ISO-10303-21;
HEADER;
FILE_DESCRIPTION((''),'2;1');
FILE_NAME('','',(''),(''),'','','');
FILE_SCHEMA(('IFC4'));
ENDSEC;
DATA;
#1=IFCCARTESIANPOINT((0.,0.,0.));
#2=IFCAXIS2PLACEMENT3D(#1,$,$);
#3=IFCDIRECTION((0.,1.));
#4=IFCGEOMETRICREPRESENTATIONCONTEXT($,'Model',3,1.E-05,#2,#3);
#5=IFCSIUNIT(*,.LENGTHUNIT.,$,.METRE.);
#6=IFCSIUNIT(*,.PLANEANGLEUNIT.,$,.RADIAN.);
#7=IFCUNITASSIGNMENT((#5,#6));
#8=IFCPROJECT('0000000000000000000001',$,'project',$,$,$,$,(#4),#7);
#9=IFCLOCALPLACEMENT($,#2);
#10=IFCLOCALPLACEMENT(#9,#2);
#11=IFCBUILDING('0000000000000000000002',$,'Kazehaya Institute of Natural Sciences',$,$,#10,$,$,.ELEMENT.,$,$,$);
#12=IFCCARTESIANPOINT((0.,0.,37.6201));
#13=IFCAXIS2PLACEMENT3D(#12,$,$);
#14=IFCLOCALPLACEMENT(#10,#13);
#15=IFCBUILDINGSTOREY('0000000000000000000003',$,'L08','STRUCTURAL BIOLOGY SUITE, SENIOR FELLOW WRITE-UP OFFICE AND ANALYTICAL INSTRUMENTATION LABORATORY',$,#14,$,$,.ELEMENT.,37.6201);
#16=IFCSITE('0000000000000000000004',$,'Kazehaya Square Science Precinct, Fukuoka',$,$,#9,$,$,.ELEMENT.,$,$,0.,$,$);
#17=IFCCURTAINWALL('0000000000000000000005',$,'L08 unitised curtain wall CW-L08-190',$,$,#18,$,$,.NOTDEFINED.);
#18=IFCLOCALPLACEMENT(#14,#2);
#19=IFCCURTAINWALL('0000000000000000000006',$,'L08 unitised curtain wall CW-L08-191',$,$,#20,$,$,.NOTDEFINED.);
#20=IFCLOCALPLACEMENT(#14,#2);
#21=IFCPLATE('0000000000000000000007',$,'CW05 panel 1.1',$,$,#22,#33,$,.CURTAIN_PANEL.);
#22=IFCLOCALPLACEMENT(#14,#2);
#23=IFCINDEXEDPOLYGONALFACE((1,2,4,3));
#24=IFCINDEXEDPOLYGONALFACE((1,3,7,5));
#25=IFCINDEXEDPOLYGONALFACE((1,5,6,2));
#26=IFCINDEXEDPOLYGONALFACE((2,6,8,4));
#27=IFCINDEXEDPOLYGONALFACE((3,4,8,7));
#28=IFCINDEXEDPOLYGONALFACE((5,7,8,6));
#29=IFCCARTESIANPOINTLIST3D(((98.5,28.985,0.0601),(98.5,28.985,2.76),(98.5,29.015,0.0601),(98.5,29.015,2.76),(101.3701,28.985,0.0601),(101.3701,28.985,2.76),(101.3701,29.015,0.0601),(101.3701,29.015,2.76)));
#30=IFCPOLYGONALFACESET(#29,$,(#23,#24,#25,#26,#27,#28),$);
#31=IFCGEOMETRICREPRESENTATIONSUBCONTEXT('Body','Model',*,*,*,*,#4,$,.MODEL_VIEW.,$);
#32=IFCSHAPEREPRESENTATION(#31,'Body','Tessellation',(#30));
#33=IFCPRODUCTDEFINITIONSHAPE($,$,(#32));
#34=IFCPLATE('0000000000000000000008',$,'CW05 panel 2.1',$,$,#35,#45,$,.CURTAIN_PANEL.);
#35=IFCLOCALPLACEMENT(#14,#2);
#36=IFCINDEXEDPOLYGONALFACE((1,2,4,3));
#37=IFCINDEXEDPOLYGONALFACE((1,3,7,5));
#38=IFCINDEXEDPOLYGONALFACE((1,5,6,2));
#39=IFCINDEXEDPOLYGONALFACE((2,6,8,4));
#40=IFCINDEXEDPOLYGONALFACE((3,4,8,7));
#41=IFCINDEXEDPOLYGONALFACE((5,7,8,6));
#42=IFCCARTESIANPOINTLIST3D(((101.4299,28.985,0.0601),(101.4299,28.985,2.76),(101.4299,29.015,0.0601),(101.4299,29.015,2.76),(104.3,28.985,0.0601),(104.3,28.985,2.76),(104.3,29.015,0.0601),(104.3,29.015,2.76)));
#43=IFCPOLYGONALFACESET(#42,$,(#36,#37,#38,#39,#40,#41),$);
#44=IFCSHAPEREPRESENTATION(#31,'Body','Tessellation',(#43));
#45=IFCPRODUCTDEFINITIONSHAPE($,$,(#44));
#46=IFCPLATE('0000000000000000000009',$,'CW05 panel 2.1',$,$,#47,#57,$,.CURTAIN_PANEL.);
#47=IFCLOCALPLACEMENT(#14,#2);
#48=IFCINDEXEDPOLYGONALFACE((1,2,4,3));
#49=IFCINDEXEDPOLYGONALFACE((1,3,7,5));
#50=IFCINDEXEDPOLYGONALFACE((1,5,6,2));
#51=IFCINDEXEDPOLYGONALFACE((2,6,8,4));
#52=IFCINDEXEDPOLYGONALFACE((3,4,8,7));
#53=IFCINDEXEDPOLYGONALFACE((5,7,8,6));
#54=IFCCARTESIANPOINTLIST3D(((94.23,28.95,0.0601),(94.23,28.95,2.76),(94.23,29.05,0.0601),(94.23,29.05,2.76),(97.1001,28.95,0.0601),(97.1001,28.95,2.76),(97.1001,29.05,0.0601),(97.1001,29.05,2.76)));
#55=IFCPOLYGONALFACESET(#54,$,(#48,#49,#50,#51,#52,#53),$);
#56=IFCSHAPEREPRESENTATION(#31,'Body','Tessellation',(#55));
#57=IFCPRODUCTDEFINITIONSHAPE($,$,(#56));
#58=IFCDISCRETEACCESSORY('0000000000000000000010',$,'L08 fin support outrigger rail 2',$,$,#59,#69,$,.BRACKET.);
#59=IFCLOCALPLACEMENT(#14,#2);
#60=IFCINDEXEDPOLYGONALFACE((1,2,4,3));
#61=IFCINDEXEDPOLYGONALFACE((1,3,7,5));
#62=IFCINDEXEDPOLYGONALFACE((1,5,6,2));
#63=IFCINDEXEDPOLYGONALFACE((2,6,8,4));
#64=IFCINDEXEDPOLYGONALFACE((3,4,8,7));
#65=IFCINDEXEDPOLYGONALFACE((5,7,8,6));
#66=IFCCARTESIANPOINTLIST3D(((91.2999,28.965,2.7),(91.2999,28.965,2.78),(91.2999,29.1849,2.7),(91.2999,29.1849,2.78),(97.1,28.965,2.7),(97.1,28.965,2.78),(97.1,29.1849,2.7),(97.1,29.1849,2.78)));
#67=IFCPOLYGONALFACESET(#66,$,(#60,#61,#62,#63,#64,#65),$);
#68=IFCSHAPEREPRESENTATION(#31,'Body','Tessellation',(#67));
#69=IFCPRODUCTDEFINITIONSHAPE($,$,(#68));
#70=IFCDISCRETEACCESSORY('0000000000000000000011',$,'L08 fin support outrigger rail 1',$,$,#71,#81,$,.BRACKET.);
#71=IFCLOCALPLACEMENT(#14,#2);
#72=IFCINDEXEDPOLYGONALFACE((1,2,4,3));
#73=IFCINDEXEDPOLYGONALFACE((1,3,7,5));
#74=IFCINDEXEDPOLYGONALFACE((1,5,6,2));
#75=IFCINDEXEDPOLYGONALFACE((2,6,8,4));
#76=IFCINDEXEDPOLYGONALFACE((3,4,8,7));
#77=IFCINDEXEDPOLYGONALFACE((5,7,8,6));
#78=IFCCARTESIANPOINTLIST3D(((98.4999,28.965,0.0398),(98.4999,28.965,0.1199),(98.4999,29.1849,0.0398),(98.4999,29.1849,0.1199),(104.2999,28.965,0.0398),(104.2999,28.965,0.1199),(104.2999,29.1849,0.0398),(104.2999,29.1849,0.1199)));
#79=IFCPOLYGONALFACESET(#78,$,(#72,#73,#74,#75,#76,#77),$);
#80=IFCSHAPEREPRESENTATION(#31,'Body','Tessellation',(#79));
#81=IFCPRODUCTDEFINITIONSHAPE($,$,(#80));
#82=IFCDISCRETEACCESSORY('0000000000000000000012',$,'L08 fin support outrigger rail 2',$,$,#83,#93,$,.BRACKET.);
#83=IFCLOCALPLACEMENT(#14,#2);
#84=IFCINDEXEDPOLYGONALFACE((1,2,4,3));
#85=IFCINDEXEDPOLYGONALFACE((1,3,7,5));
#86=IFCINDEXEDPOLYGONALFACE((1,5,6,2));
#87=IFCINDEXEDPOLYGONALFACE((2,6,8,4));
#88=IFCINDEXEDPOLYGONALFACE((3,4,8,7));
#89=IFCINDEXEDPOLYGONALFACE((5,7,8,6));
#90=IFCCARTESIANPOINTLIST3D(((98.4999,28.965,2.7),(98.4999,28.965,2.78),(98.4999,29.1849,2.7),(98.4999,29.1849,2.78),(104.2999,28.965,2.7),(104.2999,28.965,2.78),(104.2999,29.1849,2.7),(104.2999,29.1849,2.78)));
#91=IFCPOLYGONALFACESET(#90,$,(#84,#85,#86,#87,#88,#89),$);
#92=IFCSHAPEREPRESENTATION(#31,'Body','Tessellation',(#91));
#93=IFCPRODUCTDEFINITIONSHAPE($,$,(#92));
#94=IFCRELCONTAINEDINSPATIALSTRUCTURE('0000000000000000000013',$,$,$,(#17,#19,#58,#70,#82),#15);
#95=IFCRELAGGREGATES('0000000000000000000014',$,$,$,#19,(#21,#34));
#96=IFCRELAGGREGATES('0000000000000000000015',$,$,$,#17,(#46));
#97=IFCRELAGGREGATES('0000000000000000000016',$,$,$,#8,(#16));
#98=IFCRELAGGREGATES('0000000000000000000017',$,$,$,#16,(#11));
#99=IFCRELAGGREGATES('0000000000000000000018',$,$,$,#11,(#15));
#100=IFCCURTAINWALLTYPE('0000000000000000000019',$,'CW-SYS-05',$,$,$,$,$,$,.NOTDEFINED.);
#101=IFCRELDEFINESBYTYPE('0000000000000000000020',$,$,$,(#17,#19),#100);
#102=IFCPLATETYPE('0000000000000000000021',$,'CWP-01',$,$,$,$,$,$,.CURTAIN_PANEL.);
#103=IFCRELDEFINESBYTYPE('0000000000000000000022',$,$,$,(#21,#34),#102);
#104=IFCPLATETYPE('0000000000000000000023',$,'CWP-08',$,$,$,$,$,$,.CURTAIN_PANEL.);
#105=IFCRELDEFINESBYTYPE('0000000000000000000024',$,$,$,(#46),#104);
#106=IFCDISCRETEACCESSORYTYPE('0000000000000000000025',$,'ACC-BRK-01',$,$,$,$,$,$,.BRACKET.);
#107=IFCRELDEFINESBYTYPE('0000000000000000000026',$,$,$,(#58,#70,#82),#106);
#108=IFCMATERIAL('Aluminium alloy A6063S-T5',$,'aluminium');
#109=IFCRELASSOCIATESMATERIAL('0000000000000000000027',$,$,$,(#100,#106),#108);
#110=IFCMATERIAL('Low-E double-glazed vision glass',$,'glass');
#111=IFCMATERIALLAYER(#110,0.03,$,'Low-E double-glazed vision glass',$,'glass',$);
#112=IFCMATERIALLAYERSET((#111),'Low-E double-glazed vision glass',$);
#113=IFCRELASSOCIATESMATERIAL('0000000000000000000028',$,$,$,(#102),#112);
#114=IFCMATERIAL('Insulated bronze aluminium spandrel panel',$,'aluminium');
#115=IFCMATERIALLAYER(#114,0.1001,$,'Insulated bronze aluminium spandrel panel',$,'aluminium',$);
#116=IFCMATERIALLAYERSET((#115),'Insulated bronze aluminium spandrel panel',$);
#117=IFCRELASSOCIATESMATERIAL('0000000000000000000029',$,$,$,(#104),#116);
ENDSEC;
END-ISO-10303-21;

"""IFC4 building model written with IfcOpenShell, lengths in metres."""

from ifc_helpers import new_model, si_unit, direction, frame, origin, origin_2d, place, context, subcontext, project, spatial, rectangle, extrude, material, layer, layer_set, type_object, element, aggregate, save


model = new_model("IFC4")

# Units and contexts
model_context = context("Model", 3, precision=1e-05, world=origin(), true_north=direction((0.0, 1.0)))
body_context = subcontext(model_context, "Body", "Model", "MODEL_VIEW")
ifc_project = project(units=[si_unit("LENGTHUNIT", "METRE"), si_unit("PLANEANGLEUNIT", "RADIAN")], contexts=[model_context])

# Site, building, storey
site_placement = place(None, origin())
site = spatial("IfcSite", under=ifc_project, at=site_placement, Name="Kazehaya Square Science Precinct, Fukuoka", CompositionType="ELEMENT", RefElevation=0.0)
building_placement = place(site_placement, origin())
building = spatial("IfcBuilding", under=site, at=building_placement, Name="Kazehaya Institute of Natural Sciences", CompositionType="ELEMENT")
storey_placement = place(building_placement, frame((0.0, 0.0, 37.6201)))
storey = spatial("IfcBuildingStorey", under=building, at=storey_placement, Name="L08", Description="STRUCTURAL BIOLOGY SUITE, SENIOR FELLOW WRITE-UP OFFICE AND ANALYTICAL INSTRUMENTATION LABORATORY", CompositionType="ELEMENT", Elevation=37.6201)

# Curtain wall
ifc_material_1 = material(Name="Aluminium alloy A6063S-T5", Category="aluminium")
curtain_wall_type = type_object("IfcCurtainWallType", Name="CW-SYS-05", PredefinedType="NOTDEFINED", material=ifc_material_1)
curtain_wall_1_placement = place(storey_placement, origin())
curtain_wall_1 = element("IfcCurtainWall", 1, at=curtain_wall_1_placement, inside=storey, type_object=curtain_wall_type, Name="L08 unitised curtain wall CW-L08-190", PredefinedType="NOTDEFINED")

# Curtain wall
curtain_wall_2_placement = place(storey_placement, origin())
curtain_wall_2 = element("IfcCurtainWall", 2, at=curtain_wall_2_placement, inside=storey, type_object=curtain_wall_type, Name="L08 unitised curtain wall CW-L08-191", PredefinedType="NOTDEFINED")

# Plates
ifc_material_2 = material(Name="Low-E double-glazed vision glass", Category="glass")
ifc_layer_1 = layer(ifc_material_2, 0.03, Name="Low-E double-glazed vision glass", Category="glass")
ifc_layer_set_1 = layer_set([ifc_layer_1], Name="Low-E double-glazed vision glass")
plate_type_1 = type_object("IfcPlateType", Name="CWP-01", PredefinedType="CURTAIN_PANEL", material=ifc_layer_set_1)
plate_1_placement = place(storey_placement, frame((99.9351, 29.0, 0.0601), z_axis=(0.0, 0.0, 1.0), x_axis=(1.0, 0.0, 0.0)))
plate_1 = element("IfcPlate", 3, at=plate_1_placement, type_object=plate_type_1, Name="CW05 panel 1.1", PredefinedType="CURTAIN_PANEL", context=body_context, shape_type="SweptSolid", body=[
    extrude(rectangle(XDim=2.8701, YDim=0.03, at=origin_2d()), origin(), (0.0, 0.0, 1.0), 2.7),
])
plate_2_placement = place(storey_placement, frame((102.865, 29.0, 0.0601), z_axis=(0.0, 0.0, 1.0), x_axis=(1.0, 0.0, 0.0)))
plate_2 = element("IfcPlate", 4, at=plate_2_placement, type_object=plate_type_1, Name="CW05 panel 2.1", PredefinedType="CURTAIN_PANEL", context=body_context, shape_type="SweptSolid", body=[
    extrude(rectangle(XDim=2.8701, YDim=0.03, at=origin_2d()), origin(), (0.0, 0.0, 1.0), 2.7),
])
aggregate(curtain_wall_2, [plate_1, plate_2])
ifc_material_3 = material(Name="Insulated bronze aluminium spandrel panel", Category="aluminium")
ifc_layer_2 = layer(ifc_material_3, 0.1001, Name="Insulated bronze aluminium spandrel panel", Category="aluminium")
ifc_layer_set_2 = layer_set([ifc_layer_2], Name="Insulated bronze aluminium spandrel panel")
plate_type_2 = type_object("IfcPlateType", Name="CWP-08", PredefinedType="CURTAIN_PANEL", material=ifc_layer_set_2)
plate_3_placement = place(storey_placement, frame((95.665, 29.0, 0.0601), z_axis=(0.0, 0.0, 1.0), x_axis=(1.0, 0.0, 0.0)))
plate_3 = element("IfcPlate", 5, at=plate_3_placement, type_object=plate_type_2, Name="CW05 panel 2.1", PredefinedType="CURTAIN_PANEL", context=body_context, shape_type="SweptSolid", body=[
    extrude(rectangle(XDim=2.8701, YDim=0.1001, at=origin_2d()), origin(), (0.0, 0.0, 1.0), 2.7),
])
aggregate(curtain_wall_1, [plate_3])

# Discrete accessories
discrete_accessory_type = type_object("IfcDiscreteAccessoryType", Name="ACC-BRK-01", PredefinedType="BRACKET", material=ifc_material_1)
for number, where, z_axis, x_axis, name in (
    (6, (94.2, 29.075, 2.7), (0.0, 0.0, 1.0), (1.0, 0.0, 0.0), "L08 fin support outrigger rail 2"),
    (7, (101.3999, 29.075, 0.0398), (0.0, 0.0, 1.0), (1.0, 0.0, 0.0), "L08 fin support outrigger rail 1"),
    (8, (101.3999, 29.075, 2.7), (0.0, 0.0, 1.0), (1.0, 0.0, 0.0), "L08 fin support outrigger rail 2"),
):
    element("IfcDiscreteAccessory", number, at=place(storey_placement, frame(where, z_axis=z_axis, x_axis=x_axis)), inside=storey, type_object=discrete_accessory_type, Name=name, PredefinedType="BRACKET", context=body_context, shape_type="SweptSolid", body=[
        extrude(rectangle(XDim=5.8, YDim=0.22, at=origin_2d()), origin(), (0.0, 0.0, 1.0), 0.0801),
    ])

save(model, "model.ifc")
